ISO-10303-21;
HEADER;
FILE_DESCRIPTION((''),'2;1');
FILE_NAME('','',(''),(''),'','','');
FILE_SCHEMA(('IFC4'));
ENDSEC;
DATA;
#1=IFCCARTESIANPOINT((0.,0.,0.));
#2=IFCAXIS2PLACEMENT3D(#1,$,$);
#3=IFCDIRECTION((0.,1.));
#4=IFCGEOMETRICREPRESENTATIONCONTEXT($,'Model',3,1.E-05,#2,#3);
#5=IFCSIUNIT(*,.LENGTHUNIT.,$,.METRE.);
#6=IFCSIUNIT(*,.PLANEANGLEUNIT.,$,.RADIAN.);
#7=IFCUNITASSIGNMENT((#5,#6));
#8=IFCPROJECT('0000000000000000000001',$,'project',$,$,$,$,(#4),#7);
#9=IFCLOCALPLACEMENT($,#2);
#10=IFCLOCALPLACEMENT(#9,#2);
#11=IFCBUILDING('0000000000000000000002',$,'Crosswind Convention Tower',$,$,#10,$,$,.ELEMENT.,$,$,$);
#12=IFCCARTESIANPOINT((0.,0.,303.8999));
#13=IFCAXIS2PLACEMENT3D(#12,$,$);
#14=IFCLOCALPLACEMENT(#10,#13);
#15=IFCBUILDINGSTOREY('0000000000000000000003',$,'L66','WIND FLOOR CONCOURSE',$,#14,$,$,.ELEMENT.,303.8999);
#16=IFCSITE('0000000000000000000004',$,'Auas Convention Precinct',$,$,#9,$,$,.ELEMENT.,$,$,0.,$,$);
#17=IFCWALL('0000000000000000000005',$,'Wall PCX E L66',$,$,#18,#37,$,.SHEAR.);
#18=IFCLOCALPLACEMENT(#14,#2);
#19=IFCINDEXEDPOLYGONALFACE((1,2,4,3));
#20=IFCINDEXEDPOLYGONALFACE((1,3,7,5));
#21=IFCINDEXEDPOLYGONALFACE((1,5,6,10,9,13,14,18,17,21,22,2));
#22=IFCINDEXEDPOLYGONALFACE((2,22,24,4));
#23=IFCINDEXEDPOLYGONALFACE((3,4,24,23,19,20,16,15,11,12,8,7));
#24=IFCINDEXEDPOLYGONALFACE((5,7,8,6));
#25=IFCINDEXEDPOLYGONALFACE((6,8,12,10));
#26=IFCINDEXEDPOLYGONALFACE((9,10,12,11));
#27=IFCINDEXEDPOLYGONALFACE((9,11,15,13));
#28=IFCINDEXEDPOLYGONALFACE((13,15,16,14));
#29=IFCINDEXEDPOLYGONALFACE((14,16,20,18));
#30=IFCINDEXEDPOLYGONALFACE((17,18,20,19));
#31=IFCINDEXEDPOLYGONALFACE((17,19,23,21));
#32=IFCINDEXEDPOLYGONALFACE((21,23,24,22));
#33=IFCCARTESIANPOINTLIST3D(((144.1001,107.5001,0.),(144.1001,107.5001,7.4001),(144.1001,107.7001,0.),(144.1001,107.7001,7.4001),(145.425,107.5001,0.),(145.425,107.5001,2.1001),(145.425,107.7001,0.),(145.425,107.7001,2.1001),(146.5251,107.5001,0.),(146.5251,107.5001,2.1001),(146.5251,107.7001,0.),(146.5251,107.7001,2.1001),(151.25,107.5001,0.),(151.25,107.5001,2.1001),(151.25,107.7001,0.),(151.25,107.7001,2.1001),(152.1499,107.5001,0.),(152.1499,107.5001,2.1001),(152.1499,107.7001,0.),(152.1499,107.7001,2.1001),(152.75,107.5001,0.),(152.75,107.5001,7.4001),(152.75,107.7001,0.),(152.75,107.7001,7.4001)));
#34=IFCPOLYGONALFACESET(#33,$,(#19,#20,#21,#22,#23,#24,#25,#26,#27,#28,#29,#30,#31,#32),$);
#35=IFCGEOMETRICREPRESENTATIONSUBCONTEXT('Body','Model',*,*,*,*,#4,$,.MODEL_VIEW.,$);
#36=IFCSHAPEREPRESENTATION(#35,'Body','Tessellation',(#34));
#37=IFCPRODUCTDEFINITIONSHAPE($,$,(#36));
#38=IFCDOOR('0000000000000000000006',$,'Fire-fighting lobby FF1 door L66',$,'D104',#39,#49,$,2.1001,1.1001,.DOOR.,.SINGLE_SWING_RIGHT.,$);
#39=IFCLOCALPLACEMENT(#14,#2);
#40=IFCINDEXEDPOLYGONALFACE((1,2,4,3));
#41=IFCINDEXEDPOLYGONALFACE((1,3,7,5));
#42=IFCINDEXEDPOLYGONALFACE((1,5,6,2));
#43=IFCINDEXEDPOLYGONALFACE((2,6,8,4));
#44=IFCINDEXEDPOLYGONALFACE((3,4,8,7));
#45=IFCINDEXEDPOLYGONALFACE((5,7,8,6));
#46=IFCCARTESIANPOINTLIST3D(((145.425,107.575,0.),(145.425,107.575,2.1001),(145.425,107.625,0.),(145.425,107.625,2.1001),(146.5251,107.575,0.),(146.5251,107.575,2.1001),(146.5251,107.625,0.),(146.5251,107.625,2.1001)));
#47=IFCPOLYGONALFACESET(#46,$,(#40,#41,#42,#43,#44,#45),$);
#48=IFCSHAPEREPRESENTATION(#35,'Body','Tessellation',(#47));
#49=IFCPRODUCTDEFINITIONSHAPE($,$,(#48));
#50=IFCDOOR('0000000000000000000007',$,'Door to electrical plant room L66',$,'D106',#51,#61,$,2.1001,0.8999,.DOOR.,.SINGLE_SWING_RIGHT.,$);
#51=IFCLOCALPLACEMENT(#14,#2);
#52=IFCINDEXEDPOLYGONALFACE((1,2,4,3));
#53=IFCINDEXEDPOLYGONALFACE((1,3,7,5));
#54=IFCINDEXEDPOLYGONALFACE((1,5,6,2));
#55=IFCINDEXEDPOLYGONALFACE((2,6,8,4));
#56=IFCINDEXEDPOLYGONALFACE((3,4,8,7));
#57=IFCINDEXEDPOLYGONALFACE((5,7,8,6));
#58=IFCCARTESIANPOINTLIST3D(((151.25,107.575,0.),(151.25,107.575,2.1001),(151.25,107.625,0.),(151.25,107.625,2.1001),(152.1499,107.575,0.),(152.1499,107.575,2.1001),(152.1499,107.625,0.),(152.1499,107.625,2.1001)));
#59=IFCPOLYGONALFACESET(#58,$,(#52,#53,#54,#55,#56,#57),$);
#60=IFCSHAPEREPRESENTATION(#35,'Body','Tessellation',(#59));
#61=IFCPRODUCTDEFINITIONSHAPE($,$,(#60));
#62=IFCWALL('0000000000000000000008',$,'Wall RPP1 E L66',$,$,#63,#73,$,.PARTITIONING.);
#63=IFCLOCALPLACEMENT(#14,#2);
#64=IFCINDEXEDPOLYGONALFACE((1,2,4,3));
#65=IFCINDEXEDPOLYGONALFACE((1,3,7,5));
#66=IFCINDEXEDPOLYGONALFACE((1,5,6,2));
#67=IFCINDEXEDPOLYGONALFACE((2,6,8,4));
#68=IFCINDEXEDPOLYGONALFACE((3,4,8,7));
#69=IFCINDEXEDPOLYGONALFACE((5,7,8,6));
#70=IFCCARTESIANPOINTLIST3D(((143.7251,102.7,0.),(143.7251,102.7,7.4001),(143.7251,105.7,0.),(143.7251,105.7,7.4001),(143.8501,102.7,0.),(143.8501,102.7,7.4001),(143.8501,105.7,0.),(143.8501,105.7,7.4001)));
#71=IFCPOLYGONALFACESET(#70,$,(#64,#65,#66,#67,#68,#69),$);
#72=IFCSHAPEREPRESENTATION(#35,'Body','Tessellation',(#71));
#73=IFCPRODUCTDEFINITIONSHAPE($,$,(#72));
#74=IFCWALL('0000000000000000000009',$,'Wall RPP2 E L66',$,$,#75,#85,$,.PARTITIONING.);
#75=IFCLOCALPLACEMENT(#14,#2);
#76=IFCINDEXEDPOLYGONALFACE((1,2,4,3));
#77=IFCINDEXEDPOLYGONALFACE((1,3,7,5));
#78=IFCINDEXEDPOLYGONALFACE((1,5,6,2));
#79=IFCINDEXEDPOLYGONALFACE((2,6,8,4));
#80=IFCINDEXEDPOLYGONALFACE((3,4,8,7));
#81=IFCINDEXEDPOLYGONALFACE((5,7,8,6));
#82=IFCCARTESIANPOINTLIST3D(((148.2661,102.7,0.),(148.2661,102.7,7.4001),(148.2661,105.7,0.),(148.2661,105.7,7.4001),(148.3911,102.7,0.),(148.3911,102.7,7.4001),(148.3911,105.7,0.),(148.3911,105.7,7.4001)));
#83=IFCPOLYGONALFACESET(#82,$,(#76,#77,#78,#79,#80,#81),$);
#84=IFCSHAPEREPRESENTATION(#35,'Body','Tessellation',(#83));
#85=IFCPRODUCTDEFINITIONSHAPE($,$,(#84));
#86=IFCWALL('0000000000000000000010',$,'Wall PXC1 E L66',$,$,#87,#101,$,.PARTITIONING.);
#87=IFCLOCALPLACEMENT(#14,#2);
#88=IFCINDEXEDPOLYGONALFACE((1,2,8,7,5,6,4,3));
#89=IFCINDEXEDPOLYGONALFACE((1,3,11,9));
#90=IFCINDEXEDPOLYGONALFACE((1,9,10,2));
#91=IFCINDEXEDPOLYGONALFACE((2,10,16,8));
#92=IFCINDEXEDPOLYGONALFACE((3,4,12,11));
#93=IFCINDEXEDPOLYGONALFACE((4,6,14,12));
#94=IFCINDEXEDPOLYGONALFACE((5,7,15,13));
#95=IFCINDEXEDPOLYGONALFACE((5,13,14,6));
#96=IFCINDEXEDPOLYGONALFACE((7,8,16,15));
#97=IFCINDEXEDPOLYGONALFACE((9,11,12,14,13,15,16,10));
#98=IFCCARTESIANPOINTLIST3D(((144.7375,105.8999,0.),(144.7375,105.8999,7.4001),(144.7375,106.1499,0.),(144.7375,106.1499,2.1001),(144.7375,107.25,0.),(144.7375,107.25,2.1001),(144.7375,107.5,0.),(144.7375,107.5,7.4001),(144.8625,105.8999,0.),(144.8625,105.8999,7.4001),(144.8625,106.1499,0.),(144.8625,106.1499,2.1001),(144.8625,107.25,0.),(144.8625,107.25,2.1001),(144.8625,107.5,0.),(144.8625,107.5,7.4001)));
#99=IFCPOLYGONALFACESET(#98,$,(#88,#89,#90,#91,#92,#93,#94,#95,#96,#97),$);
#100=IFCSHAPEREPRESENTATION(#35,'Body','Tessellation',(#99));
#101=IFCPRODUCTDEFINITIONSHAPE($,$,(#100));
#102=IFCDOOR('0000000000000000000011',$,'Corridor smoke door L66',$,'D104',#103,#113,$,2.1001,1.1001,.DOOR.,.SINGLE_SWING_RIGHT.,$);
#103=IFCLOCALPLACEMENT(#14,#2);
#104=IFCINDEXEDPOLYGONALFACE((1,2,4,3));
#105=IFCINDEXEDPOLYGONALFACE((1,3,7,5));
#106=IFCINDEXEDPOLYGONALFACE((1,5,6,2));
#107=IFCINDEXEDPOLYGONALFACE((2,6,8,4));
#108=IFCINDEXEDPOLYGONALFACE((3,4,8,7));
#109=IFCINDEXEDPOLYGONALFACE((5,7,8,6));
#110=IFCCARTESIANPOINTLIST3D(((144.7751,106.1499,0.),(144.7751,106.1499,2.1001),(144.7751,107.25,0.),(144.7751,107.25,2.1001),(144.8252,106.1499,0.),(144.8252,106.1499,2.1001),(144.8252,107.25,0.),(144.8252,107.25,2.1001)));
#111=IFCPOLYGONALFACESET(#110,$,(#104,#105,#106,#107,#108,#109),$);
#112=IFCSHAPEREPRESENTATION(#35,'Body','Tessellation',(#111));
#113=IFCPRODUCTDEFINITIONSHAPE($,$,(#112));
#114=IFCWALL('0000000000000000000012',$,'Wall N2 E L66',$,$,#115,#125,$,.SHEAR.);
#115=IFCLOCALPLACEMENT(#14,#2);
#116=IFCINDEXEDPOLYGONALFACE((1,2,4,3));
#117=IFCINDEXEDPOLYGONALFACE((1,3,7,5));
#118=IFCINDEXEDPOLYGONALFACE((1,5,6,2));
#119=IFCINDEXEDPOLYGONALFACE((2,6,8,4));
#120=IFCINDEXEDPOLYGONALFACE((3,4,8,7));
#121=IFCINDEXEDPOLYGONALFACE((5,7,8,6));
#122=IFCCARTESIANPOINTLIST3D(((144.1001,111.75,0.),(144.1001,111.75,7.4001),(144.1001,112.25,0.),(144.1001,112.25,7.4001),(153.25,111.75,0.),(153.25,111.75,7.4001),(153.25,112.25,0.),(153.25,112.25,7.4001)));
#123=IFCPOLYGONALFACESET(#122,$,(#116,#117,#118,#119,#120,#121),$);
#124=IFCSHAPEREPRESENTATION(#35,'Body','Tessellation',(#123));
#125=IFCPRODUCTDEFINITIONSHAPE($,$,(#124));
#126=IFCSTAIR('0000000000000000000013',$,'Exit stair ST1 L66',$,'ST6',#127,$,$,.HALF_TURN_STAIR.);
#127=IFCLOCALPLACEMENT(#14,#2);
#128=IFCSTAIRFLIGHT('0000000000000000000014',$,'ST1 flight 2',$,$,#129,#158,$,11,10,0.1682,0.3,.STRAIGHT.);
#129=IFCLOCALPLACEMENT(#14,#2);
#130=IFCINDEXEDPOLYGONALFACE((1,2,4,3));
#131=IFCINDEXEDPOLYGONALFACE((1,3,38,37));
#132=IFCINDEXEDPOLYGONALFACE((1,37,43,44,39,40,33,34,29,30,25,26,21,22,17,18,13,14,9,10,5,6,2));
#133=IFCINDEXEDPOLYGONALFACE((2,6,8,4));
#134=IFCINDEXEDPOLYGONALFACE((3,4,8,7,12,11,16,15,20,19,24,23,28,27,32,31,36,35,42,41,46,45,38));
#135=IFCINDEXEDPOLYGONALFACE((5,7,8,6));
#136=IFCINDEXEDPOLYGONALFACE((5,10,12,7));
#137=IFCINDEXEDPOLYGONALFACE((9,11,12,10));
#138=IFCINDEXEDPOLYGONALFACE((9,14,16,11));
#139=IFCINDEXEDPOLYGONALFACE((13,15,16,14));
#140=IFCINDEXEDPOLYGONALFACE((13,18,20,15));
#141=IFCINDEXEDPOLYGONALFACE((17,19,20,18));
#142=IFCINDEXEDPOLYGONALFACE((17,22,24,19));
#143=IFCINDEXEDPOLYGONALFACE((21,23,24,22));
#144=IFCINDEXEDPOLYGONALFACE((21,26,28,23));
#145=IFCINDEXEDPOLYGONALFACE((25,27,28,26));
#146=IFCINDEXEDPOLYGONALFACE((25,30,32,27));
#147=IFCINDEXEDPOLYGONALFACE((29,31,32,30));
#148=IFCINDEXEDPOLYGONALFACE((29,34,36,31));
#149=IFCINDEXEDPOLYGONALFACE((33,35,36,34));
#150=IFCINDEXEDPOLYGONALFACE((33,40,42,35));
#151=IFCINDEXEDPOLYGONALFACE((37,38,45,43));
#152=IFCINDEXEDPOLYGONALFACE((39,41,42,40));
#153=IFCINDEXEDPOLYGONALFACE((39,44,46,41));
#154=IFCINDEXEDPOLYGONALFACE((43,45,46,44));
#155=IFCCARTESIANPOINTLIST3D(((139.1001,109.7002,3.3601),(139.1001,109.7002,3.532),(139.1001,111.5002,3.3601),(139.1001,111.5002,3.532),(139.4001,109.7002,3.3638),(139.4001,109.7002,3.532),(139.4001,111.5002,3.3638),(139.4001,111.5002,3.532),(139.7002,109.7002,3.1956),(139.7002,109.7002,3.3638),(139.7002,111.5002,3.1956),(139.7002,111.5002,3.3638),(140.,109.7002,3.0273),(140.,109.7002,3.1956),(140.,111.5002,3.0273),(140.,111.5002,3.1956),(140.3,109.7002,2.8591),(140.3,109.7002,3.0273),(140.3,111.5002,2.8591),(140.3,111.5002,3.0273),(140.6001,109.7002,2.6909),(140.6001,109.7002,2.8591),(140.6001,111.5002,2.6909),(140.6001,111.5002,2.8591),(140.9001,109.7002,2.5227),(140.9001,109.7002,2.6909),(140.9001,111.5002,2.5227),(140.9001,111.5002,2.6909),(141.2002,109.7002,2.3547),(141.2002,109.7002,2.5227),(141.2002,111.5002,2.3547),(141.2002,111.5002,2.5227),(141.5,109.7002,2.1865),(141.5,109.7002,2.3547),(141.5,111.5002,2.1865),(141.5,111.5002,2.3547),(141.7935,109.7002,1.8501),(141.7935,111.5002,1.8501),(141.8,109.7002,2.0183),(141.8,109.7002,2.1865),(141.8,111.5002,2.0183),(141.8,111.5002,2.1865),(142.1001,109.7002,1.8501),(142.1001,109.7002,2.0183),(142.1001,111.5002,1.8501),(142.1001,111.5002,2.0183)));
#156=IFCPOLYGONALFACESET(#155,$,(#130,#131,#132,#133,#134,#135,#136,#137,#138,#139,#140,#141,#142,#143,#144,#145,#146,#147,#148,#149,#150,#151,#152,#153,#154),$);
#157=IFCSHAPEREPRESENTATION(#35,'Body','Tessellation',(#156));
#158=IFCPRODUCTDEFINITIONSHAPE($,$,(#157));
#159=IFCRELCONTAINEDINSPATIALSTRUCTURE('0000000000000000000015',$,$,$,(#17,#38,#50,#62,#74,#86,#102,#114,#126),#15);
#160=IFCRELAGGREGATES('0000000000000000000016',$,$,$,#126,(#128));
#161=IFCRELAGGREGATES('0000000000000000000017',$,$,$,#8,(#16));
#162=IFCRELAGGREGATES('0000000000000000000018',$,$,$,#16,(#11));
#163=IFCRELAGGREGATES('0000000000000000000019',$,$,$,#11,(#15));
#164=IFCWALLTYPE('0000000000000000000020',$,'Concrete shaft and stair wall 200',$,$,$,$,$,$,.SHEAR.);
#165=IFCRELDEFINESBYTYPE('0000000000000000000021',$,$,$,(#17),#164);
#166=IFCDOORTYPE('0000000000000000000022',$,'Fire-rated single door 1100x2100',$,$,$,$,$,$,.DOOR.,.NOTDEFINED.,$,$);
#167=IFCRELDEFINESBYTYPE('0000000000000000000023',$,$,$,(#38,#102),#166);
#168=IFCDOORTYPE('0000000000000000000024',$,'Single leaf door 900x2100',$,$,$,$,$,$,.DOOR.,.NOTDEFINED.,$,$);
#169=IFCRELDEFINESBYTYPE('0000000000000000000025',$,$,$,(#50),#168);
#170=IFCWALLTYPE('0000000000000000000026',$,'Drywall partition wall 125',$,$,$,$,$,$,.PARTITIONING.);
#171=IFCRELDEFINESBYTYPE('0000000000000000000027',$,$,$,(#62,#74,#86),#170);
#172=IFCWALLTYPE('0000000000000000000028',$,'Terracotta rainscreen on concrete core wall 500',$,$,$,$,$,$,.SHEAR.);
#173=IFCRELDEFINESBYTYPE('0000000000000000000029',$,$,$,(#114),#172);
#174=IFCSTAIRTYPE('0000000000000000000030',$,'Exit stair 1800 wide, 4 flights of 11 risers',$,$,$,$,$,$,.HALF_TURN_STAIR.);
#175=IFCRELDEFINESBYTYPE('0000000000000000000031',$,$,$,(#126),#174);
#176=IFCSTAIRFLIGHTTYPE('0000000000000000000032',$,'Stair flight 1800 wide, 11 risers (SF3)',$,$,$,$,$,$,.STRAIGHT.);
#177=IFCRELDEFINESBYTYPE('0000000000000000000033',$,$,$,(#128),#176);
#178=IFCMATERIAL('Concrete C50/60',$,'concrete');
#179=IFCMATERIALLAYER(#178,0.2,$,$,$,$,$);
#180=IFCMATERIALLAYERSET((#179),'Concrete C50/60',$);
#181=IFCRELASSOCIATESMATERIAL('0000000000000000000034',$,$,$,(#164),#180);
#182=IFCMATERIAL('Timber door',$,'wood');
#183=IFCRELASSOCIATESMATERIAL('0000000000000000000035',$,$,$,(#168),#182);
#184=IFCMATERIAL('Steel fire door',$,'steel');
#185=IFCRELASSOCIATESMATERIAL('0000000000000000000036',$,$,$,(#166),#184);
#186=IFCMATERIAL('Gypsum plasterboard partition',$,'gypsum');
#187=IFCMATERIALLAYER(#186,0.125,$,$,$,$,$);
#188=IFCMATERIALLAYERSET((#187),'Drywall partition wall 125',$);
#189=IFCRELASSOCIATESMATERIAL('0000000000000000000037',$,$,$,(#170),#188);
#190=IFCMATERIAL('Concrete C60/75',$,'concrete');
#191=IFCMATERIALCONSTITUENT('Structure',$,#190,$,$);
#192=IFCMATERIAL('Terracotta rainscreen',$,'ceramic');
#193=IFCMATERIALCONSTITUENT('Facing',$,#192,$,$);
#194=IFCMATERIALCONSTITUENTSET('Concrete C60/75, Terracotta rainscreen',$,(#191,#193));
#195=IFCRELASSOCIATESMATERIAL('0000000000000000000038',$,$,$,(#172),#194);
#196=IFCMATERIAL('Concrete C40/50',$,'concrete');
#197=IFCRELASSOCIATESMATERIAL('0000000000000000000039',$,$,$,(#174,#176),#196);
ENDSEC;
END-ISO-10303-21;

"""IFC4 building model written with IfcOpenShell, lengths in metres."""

from ifc_helpers import new_model, si_unit, direction, frame, frame_2d, origin, place, context, subcontext, project, spatial, polyline, rectangle, outline, extrude, material, layer, layer_set, constituent, constituent_set, type_object, element, fill, aggregate, save


model = new_model("IFC4")

# Units and contexts
model_context = context("Model", 3, precision=1e-05, world=origin(), true_north=direction((0.0, 1.0)))
body_context = subcontext(model_context, "Body", "Model", "MODEL_VIEW")
ifc_project = project(units=[si_unit("LENGTHUNIT", "METRE"), si_unit("PLANEANGLEUNIT", "RADIAN")], contexts=[model_context])

# Site, building, storey
site_placement = place(None, origin())
site = spatial("IfcSite", under=ifc_project, at=site_placement, Name="Auas Convention Precinct", CompositionType="ELEMENT", RefElevation=0.0)
building_placement = place(site_placement, origin())
building = spatial("IfcBuilding", under=site, at=building_placement, Name="Crosswind Convention Tower", CompositionType="ELEMENT")
storey_placement = place(building_placement, frame((0.0, 0.0, 303.8999)))
storey = spatial("IfcBuildingStorey", under=building, at=storey_placement, Name="L66", Description="WIND FLOOR CONCOURSE", CompositionType="ELEMENT", Elevation=303.8999)

# Shared definitions
ifc_material_1 = material(Name="Concrete C50/60", Category="concrete")
ifc_layer_1 = layer(ifc_material_1, 0.2)
ifc_layer_set_1 = layer_set([ifc_layer_1], Name="Concrete C50/60")
wall_type_1 = type_object("IfcWallType", Name="Concrete shaft and stair wall 200", PredefinedType="SHEAR", material=ifc_layer_set_1)

# Shared definitions
ifc_material_2 = material(Name="Steel fire door", Category="steel")
ifc_material_3 = material(Name="Timber door", Category="wood")
door_type_1 = type_object("IfcDoorType", Name="Single leaf door 900x2100", OperationType="NOTDEFINED", PredefinedType="DOOR", material=ifc_material_3)

# Wall, openings, doors
wall_1_placement = place(storey_placement, frame((144.1001, 107.6001, 0.0), z_axis=(0.0, 0.0, 1.0), x_axis=(1.0, 0.0, 0.0)))
wall_1 = element("IfcWall", 1, at=wall_1_placement, inside=storey, type_object=wall_type_1, Name="Wall PCX E L66", PredefinedType="SHEAR", context=body_context, shape_type="SweptSolid", body=[
    extrude(rectangle(XDim=8.6499, YDim=0.2, at=frame_2d((4.325, 0.0))), origin(), (0.0, 0.0, 1.0), 7.4001),
])
opening_1_placement = place(wall_1_placement, frame((1.325, 0.0, 0.0)))
opening_1 = element("IfcOpeningElement", 2, at=opening_1_placement, cuts=wall_1, PredefinedType="OPENING", context=body_context, shape_type="SweptSolid", body=[
    extrude(rectangle(XDim=1.1001, YDim=2.1001, at=frame_2d((0.55, 1.05))), frame((0.0, 0.1099, 0.0), z_axis=(0.0, -1.0, 0.0), x_axis=(1.0, 0.0, 0.0)), (0.0, 0.0, 1.0), 0.22),
])
opening_2_placement = place(wall_1_placement, frame((7.1499, 0.0, 0.0)))
opening_2 = element("IfcOpeningElement", 3, at=opening_2_placement, cuts=wall_1, PredefinedType="OPENING", context=body_context, shape_type="SweptSolid", body=[
    extrude(rectangle(XDim=0.8999, YDim=2.1001, at=frame_2d((0.45, 1.05))), frame((0.0, 0.1099, 0.0), z_axis=(0.0, -1.0, 0.0), x_axis=(1.0, 0.0, 0.0)), (0.0, 0.0, 1.0), 0.22),
])
door_type_2 = type_object("IfcDoorType", Name="Fire-rated single door 1100x2100", OperationType="NOTDEFINED", PredefinedType="DOOR", material=ifc_material_2)
door_1_placement = place(opening_1_placement, origin())
door_1 = element("IfcDoor", 4, at=door_1_placement, inside=storey, type_object=door_type_2, Name="Fire-fighting lobby FF1 door L66", ObjectType="D104", OperationType="SINGLE_SWING_RIGHT", OverallHeight=2.1001, OverallWidth=1.1001, PredefinedType="DOOR", context=body_context, shape_type="SweptSolid", body=[
    extrude(rectangle(XDim=1.1001, YDim=2.1001, at=frame_2d((0.55, 1.05))), frame((0.0, 0.0249, 0.0), z_axis=(0.0, -1.0, 0.0), x_axis=(1.0, 0.0, 0.0)), (0.0, 0.0, 1.0), 0.05),
])
fill(opening_1, door_1)
door_2_placement = place(opening_2_placement, origin())
door_2 = element("IfcDoor", 5, at=door_2_placement, inside=storey, type_object=door_type_1, Name="Door to electrical plant room L66", ObjectType="D106", OperationType="SINGLE_SWING_RIGHT", OverallHeight=2.1001, OverallWidth=0.8999, PredefinedType="DOOR", context=body_context, shape_type="SweptSolid", body=[
    extrude(rectangle(XDim=0.8999, YDim=2.1001, at=frame_2d((0.45, 1.05))), frame((0.0, 0.0249, 0.0), z_axis=(0.0, -1.0, 0.0), x_axis=(1.0, 0.0, 0.0)), (0.0, 0.0, 1.0), 0.05),
])
fill(opening_2, door_2)

# Walls
ifc_material_4 = material(Name="Gypsum plasterboard partition", Category="gypsum")
ifc_layer_2 = layer(ifc_material_4, 0.125)
ifc_layer_set_2 = layer_set([ifc_layer_2], Name="Drywall partition wall 125")
wall_type_2 = type_object("IfcWallType", Name="Drywall partition wall 125", PredefinedType="PARTITIONING", material=ifc_layer_set_2)
for number, where, z_axis, x_axis, name in (
    (6, (143.7876, 102.7, 0.0), (0.0, 0.0, 1.0), (0.0, 1.0, 0.0), "Wall RPP1 E L66"),
    (7, (148.3286, 102.7, 0.0), (0.0, 0.0, 1.0), (0.0, 1.0, 0.0), "Wall RPP2 E L66"),
):
    element("IfcWall", number, at=place(storey_placement, frame(where, z_axis=z_axis, x_axis=x_axis)), inside=storey, type_object=wall_type_2, Name=name, PredefinedType="PARTITIONING", context=body_context, shape_type="SweptSolid", body=[
        extrude(rectangle(XDim=3.0, YDim=0.125, at=frame_2d((1.5, 0.0))), origin(), (0.0, 0.0, 1.0), 7.4001),
    ])

# Wall, opening, door
wall_2_placement = place(storey_placement, frame((144.8, 105.8999, 0.0), z_axis=(0.0, 0.0, 1.0), x_axis=(0.0, 1.0, 0.0)))
wall_2 = element("IfcWall", 8, at=wall_2_placement, inside=storey, type_object=wall_type_2, Name="Wall PXC1 E L66", PredefinedType="PARTITIONING", context=body_context, shape_type="SweptSolid", body=[
    extrude(rectangle(XDim=1.6001, YDim=0.125, at=frame_2d((0.8, 0.0))), origin(), (0.0, 0.0, 1.0), 7.4001),
])
opening_3_placement = place(wall_2_placement, frame((0.25, 0.0, 0.0)))
opening_3 = element("IfcOpeningElement", 9, at=opening_3_placement, cuts=wall_2, PredefinedType="OPENING", context=body_context, shape_type="SweptSolid", body=[
    extrude(rectangle(XDim=1.1001, YDim=2.1001, at=frame_2d((0.55, 1.05))), frame((0.0, 0.0725, 0.0), z_axis=(0.0, -1.0, 0.0), x_axis=(1.0, 0.0, 0.0)), (0.0, 0.0, 1.0), 0.145),
])
door_3_placement = place(opening_3_placement, origin())
door_3 = element("IfcDoor", 10, at=door_3_placement, inside=storey, type_object=door_type_2, Name="Corridor smoke door L66", ObjectType="D104", OperationType="SINGLE_SWING_RIGHT", OverallHeight=2.1001, OverallWidth=1.1001, PredefinedType="DOOR", context=body_context, shape_type="SweptSolid", body=[
    extrude(rectangle(XDim=1.1001, YDim=2.1001, at=frame_2d((0.55, 1.05))), frame((0.0, 0.0249, 0.0), z_axis=(0.0, -1.0, 0.0), x_axis=(1.0, 0.0, 0.0)), (0.0, 0.0, 1.0), 0.05),
])
fill(opening_3, door_3)

# Wall
ifc_material_5 = material(Name="Concrete C60/75", Category="concrete")
ifc_constituent_1 = constituent(ifc_material_5, Name="Structure")
ifc_material_6 = material(Name="Terracotta rainscreen", Category="ceramic")
ifc_constituent_2 = constituent(ifc_material_6, Name="Facing")
ifc_constituent_set = constituent_set(constituents=[ifc_constituent_1, ifc_constituent_2], Name="Concrete C60/75, Terracotta rainscreen")
wall_type_3 = type_object("IfcWallType", Name="Terracotta rainscreen on concrete core wall 500", PredefinedType="SHEAR", material=ifc_constituent_set)
wall_3_placement = place(storey_placement, frame((144.1001, 112.0, 0.0), z_axis=(0.0, 0.0, 1.0), x_axis=(1.0, 0.0, 0.0)))
element("IfcWall", 11, at=wall_3_placement, inside=storey, type_object=wall_type_3, Name="Wall N2 E L66", PredefinedType="SHEAR", context=body_context, shape_type="SweptSolid", body=[
    extrude(rectangle(XDim=9.1499, YDim=0.5, at=frame_2d((4.575, 0.0))), origin(), (0.0, 0.0, 1.0), 7.4001),
])

# Stair, stair flight
ifc_material_7 = material(Name="Concrete C40/50", Category="concrete")
stair_type = type_object("IfcStairType", Name="Exit stair 1800 wide, 4 flights of 11 risers", PredefinedType="HALF_TURN_STAIR", material=ifc_material_7)
stair_placement = place(storey_placement, origin())
stair = element("IfcStair", 12, at=stair_placement, inside=storey, type_object=stair_type, Name="Exit stair ST1 L66", ObjectType="ST6", PredefinedType="HALF_TURN_STAIR")
stair_flight_type = type_object("IfcStairFlightType", Name="Stair flight 1800 wide, 11 risers (SF3)", PredefinedType="STRAIGHT", material=ifc_material_7)
stair_flight_1_placement = place(storey_placement, frame((142.1001, 110.6001, 1.8501), z_axis=(0.0, 0.0, 1.0), x_axis=(-1.0, 0.0, 0.0)))
stair_flight_1 = element("IfcStairFlight", 13, at=stair_flight_1_placement, type_object=stair_flight_type, Name="ST1 flight 2", NumberOfRisers=11, NumberOfTreads=10, PredefinedType="STRAIGHT", RiserHeight=0.1682, TreadLength=0.3, context=body_context, shape_type="SweptSolid", body=[
    extrude(outline(polyline([(0.0, 0.0), (0.0, 0.1682), (0.3, 0.1682), (0.3, 0.3364), (0.6001, 0.3364), (0.6001, 0.5046), (0.8999, 0.5046), (0.8999, 0.6726), (1.2, 0.6726), (1.2, 0.8408), (1.5, 0.8408), (1.5, 1.009), (1.8, 1.009), (1.8, 1.1772), (2.1001, 1.1772), (2.1001, 1.3455), (2.3999, 1.3455), (2.3999, 1.5137), (2.7, 1.5137), (2.7, 1.6819), (3.0, 1.6819), (3.0, 1.8501), (3.0, 1.51), (0.3066, 0.0), (0.0, 0.0)])), frame((0.0, 0.8999, 0.0), z_axis=(0.0, -1.0, 0.0), x_axis=(1.0, 0.0, 0.0)), (0.0, 0.0, 1.0), 1.8),
])
aggregate(stair, [stair_flight_1])

save(model, "model.ifc")
